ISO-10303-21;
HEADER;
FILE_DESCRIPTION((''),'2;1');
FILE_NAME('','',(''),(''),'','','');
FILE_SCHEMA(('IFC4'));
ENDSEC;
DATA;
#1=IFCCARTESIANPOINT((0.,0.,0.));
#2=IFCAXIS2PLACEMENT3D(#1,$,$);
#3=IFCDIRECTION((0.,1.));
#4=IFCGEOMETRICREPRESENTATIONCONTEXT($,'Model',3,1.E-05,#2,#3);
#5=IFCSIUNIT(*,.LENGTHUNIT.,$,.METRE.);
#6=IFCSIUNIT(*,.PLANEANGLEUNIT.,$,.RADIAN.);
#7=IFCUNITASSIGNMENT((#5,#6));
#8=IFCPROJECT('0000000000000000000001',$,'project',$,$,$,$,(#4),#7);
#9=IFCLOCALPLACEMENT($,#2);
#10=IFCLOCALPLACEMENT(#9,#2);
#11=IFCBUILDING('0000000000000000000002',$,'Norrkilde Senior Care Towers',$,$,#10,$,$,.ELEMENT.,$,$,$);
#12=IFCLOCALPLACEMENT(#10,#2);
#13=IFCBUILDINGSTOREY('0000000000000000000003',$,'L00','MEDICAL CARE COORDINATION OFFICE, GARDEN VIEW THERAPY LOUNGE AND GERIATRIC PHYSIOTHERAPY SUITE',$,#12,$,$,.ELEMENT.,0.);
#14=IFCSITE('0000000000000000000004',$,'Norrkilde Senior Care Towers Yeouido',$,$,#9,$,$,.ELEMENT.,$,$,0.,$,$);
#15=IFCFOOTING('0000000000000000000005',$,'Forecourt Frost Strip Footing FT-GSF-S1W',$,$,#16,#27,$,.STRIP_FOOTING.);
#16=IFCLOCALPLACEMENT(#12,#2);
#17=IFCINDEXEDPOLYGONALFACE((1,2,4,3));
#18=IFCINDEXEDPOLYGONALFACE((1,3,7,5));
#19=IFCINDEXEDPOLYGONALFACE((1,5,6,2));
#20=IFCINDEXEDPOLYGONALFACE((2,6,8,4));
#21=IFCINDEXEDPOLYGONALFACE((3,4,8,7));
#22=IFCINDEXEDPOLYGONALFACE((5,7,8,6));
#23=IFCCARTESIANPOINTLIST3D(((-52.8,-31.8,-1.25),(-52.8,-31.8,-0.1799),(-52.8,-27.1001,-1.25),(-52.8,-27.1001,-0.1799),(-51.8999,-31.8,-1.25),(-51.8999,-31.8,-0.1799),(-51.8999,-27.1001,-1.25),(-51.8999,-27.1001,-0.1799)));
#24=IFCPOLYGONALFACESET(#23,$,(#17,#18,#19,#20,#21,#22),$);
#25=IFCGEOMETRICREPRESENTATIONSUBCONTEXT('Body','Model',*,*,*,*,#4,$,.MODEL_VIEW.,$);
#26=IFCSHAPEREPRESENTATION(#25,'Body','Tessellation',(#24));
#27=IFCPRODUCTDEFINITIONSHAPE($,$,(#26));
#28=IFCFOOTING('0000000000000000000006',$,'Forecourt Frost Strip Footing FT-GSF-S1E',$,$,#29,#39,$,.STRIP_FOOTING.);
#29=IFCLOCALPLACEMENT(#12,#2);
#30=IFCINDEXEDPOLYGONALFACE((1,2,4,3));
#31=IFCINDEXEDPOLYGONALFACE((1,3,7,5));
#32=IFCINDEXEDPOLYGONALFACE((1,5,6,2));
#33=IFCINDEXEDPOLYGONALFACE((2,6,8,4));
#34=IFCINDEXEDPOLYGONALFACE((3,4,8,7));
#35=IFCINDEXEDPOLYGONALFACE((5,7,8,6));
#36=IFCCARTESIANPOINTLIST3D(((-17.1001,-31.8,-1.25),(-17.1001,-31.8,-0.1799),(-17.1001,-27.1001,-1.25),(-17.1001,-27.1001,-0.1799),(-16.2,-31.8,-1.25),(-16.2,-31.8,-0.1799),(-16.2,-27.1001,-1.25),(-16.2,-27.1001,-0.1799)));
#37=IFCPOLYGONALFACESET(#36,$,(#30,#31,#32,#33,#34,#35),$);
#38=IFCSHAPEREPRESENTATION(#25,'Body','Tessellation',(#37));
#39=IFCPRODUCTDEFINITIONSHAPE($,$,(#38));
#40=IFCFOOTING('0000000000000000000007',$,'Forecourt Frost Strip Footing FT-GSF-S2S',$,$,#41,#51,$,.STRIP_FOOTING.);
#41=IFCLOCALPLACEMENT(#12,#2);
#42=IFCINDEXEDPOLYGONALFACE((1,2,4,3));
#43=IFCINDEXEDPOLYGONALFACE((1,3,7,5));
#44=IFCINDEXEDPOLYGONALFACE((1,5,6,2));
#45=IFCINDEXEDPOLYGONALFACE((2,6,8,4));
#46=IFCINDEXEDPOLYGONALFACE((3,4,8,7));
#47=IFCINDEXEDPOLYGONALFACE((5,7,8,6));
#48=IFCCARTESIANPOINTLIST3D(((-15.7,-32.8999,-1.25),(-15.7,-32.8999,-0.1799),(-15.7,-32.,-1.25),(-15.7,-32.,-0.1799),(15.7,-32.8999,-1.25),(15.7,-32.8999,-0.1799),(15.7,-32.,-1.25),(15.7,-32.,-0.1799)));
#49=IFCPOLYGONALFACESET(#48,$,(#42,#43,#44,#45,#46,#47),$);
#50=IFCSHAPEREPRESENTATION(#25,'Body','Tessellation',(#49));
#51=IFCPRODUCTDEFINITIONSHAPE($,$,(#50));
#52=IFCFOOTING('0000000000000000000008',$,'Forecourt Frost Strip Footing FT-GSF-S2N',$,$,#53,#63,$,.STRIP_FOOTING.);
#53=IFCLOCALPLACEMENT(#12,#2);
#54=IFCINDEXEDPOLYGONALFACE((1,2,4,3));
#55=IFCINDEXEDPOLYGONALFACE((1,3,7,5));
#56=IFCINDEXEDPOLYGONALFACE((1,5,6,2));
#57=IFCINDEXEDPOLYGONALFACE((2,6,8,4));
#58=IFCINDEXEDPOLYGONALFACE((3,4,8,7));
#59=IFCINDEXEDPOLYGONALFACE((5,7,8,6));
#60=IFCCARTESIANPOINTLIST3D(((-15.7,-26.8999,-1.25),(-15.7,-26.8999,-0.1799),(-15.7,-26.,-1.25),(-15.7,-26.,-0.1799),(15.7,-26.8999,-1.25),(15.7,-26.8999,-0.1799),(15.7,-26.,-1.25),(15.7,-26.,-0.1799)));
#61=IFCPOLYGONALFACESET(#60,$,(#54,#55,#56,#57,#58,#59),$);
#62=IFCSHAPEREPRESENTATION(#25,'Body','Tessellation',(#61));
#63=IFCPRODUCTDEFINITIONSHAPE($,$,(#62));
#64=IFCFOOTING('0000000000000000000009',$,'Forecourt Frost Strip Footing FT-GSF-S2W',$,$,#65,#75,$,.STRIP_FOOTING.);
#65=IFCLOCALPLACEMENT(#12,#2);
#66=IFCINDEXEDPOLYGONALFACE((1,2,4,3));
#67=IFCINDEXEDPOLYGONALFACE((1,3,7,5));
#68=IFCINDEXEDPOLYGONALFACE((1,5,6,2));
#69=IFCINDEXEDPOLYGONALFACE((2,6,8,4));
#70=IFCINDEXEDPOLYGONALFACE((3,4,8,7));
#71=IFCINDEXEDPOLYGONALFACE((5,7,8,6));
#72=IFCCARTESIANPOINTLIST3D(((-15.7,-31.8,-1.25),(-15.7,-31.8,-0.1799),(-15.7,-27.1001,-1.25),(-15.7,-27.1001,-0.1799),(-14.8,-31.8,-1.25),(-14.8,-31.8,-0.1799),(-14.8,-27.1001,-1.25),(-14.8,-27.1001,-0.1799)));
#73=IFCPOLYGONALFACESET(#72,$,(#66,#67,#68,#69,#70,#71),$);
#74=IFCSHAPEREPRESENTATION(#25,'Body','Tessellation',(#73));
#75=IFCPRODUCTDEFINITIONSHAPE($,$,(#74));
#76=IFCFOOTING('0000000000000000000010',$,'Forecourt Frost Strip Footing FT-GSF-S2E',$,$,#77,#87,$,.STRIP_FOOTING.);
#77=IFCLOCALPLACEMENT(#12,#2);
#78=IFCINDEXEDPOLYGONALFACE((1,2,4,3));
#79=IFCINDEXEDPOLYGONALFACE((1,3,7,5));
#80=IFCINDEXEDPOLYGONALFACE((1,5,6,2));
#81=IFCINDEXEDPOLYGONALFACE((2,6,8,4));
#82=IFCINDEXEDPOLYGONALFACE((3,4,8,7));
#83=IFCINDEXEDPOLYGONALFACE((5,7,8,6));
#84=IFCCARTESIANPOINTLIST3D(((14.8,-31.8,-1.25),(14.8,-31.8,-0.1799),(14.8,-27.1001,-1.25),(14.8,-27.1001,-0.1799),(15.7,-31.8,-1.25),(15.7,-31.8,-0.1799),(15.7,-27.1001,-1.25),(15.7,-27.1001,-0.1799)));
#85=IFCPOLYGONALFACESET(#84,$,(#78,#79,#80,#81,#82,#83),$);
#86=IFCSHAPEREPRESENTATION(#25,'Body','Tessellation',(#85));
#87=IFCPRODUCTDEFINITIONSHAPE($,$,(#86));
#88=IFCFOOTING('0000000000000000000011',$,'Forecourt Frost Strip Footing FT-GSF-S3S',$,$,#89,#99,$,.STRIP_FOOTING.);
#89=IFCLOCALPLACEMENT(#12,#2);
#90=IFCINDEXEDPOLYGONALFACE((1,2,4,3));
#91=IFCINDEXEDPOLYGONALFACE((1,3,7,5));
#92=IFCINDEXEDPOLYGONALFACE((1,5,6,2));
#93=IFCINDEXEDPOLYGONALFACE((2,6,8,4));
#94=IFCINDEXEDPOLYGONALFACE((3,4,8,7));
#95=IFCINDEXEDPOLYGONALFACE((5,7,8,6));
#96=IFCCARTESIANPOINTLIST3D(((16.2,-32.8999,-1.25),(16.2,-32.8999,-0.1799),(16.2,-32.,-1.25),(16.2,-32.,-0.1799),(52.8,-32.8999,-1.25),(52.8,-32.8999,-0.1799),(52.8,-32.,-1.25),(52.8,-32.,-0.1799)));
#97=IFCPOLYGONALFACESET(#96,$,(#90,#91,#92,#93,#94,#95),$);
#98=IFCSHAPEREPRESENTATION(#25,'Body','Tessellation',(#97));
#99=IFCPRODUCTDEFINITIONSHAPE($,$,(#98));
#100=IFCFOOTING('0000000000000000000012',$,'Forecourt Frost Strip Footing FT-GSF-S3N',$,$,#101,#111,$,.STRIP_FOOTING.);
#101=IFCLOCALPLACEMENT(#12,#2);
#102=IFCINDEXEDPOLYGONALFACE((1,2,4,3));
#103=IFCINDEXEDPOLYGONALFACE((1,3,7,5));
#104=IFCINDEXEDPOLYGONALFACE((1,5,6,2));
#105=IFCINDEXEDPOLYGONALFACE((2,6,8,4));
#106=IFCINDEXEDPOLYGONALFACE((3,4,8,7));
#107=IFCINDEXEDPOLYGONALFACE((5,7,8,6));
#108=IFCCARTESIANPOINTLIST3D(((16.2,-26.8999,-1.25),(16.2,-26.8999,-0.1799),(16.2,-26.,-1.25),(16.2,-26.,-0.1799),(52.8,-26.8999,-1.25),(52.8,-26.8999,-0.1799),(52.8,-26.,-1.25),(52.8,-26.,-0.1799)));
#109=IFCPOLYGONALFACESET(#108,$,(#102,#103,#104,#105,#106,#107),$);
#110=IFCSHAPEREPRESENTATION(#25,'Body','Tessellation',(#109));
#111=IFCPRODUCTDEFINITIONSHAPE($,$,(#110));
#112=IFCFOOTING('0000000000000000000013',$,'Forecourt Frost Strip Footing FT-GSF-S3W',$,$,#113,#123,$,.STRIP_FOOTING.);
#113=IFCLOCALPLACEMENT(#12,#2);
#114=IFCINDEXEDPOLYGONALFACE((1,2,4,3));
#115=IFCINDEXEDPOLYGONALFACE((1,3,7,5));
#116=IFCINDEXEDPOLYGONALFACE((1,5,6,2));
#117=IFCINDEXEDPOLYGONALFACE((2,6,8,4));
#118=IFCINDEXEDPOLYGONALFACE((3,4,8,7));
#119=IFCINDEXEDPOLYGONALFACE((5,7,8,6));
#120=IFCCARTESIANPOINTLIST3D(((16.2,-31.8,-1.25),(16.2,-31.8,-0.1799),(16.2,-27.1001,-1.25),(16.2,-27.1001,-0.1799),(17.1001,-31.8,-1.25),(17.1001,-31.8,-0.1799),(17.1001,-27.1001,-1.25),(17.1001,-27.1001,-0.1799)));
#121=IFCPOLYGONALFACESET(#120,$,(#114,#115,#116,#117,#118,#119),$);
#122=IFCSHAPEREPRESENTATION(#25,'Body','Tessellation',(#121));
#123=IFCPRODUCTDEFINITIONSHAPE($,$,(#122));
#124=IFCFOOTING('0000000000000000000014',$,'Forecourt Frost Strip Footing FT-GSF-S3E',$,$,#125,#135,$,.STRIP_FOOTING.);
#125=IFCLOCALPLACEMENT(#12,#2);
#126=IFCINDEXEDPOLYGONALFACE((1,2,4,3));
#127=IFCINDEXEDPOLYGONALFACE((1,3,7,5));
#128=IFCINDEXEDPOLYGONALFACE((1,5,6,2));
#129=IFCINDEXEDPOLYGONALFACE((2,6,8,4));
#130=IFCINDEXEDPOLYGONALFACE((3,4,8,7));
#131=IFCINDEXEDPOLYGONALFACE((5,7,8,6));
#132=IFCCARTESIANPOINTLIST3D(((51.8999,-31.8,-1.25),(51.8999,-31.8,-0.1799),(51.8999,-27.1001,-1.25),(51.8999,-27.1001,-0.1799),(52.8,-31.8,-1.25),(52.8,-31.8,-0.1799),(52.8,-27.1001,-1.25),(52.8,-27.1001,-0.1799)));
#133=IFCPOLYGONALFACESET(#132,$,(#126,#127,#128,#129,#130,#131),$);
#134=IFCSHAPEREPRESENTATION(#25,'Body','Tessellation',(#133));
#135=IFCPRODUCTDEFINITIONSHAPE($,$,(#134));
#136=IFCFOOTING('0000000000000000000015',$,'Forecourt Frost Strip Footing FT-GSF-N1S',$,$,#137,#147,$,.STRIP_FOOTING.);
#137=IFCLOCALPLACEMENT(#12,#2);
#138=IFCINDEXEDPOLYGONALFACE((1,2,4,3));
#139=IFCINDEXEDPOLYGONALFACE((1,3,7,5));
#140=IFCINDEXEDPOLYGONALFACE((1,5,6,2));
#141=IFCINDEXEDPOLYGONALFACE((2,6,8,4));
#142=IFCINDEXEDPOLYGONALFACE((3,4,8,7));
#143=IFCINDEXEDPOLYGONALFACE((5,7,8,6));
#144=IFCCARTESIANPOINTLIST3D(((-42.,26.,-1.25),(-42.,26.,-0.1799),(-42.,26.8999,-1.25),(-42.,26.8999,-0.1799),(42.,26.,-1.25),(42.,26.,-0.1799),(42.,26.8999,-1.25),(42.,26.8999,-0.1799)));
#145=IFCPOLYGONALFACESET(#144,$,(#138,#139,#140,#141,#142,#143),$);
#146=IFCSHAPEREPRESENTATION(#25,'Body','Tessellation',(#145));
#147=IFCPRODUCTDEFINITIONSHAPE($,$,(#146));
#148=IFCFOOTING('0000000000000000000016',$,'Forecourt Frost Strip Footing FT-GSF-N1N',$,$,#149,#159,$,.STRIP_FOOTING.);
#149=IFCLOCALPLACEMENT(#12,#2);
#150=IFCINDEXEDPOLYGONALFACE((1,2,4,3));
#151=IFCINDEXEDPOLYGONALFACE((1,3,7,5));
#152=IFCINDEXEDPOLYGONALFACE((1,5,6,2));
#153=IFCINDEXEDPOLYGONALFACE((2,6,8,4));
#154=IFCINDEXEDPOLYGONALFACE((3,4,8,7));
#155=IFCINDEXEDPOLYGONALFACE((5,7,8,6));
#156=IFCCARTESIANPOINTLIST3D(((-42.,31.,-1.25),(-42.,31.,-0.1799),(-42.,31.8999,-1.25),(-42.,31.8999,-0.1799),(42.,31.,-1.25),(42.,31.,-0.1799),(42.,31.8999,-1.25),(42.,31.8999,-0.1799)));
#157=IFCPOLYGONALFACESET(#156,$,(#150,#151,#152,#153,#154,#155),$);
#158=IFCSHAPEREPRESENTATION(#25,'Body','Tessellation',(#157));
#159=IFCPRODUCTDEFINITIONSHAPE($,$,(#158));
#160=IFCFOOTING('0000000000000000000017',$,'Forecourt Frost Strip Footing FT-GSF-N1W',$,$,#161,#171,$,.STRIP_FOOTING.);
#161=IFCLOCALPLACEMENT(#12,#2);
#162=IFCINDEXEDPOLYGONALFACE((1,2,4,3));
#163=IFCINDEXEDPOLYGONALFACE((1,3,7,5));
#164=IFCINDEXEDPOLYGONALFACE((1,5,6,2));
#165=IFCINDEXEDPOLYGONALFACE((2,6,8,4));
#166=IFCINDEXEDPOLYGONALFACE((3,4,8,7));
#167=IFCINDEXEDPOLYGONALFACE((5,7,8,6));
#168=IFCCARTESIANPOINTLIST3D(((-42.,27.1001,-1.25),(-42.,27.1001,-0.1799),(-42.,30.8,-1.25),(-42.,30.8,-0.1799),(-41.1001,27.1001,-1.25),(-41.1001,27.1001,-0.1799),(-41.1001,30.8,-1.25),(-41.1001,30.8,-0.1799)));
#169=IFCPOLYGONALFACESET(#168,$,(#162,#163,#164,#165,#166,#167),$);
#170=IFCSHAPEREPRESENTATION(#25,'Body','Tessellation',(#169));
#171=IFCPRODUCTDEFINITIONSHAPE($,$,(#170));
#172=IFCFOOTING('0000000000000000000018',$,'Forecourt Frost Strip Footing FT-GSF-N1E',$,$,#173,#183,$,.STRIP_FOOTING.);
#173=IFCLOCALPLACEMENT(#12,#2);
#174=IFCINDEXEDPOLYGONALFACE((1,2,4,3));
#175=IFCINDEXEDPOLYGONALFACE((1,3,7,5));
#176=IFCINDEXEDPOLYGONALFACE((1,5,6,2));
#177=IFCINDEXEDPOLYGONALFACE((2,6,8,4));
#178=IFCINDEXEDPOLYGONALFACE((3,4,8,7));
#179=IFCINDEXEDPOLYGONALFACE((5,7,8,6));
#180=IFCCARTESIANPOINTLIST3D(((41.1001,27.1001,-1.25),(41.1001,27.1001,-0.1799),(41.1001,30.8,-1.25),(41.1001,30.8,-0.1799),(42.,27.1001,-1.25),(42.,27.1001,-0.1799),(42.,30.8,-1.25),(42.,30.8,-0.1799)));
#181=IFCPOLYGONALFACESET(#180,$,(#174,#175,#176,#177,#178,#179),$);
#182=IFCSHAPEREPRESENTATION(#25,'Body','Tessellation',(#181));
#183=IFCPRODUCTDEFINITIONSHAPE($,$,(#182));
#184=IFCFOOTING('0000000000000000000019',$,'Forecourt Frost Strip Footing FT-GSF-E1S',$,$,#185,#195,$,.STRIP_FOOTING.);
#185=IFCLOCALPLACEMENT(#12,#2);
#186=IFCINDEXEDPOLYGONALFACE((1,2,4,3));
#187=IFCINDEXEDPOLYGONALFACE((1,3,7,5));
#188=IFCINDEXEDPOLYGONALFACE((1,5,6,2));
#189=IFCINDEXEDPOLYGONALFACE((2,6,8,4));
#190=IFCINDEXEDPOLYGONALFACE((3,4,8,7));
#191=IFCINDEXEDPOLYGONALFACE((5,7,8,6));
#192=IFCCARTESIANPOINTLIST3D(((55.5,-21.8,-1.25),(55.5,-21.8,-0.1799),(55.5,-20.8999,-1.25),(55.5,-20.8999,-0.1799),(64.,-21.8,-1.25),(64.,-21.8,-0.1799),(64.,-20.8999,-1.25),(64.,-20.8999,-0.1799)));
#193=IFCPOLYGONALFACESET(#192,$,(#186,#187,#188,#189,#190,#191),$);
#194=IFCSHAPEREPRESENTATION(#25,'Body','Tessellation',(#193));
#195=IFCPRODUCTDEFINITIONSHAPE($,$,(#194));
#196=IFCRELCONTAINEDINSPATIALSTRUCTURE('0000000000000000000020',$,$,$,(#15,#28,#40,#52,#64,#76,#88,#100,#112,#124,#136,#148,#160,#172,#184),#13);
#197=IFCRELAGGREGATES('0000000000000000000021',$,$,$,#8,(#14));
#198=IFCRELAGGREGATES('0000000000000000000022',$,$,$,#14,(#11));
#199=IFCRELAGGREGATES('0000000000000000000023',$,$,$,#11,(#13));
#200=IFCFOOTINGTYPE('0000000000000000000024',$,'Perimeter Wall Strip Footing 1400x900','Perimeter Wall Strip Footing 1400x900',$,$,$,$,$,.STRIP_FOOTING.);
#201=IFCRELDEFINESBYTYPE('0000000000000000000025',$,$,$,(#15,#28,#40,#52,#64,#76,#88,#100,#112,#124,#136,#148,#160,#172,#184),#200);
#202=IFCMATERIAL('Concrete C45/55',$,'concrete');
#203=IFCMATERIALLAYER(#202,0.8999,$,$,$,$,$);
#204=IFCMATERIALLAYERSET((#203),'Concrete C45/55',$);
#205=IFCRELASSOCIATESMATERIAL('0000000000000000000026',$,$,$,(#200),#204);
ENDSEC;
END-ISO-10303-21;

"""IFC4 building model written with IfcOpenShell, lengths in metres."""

from ifc_helpers import new_model, si_unit, direction, frame, origin, place, context, subcontext, project, spatial, polyline, outline, extrude, material, layer, layer_set, type_object, element, save


model = new_model("IFC4")

# Units and contexts
model_context = context("Model", 3, precision=1e-05, world=origin(), true_north=direction((0.0, 1.0)))
body_context = subcontext(model_context, "Body", "Model", "MODEL_VIEW")
ifc_project = project(units=[si_unit("LENGTHUNIT", "METRE"), si_unit("PLANEANGLEUNIT", "RADIAN")], contexts=[model_context])

# Site, building, storey
site_placement = place(None, origin())
site = spatial("IfcSite", under=ifc_project, at=site_placement, Name="Norrkilde Senior Care Towers Yeouido", CompositionType="ELEMENT", RefElevation=0.0)
building_placement = place(site_placement, origin())
building = spatial("IfcBuilding", under=site, at=building_placement, Name="Norrkilde Senior Care Towers", CompositionType="ELEMENT")
storey_placement = place(building_placement, origin())
storey = spatial("IfcBuildingStorey", under=building, at=storey_placement, Name="L00", Description="MEDICAL CARE COORDINATION OFFICE, GARDEN VIEW THERAPY LOUNGE AND GERIATRIC PHYSIOTHERAPY SUITE", CompositionType="ELEMENT", Elevation=0.0)

# Footings
ifc_material = material(Name="Concrete C45/55", Category="concrete")
ifc_layer = layer(ifc_material, 0.8999)
ifc_layer_set = layer_set([ifc_layer], Name="Concrete C45/55")
footing_type = type_object("IfcFootingType", Name="Perimeter Wall Strip Footing 1400x900", Description="Perimeter Wall Strip Footing 1400x900", PredefinedType="STRIP_FOOTING", material=ifc_layer_set)
footing_1_placement = place(storey_placement, frame((0.0, 0.0, -1.25)))
element("IfcFooting", 1, at=footing_1_placement, inside=storey, type_object=footing_type, Name="Forecourt Frost Strip Footing FT-GSF-S1W", PredefinedType="STRIP_FOOTING", context=body_context, shape_type="SweptSolid", body=[
    extrude(outline(polyline([(-52.8, -31.8), (-51.8999, -31.8), (-51.8999, -27.1001), (-52.8, -27.1001), (-52.8, -31.8)])), origin(), (0.0, 0.0, 1.0), 1.0701),
])
footing_2_placement = place(storey_placement, frame((0.0, 0.0, -1.25)))
element("IfcFooting", 2, at=footing_2_placement, inside=storey, type_object=footing_type, Name="Forecourt Frost Strip Footing FT-GSF-S1E", PredefinedType="STRIP_FOOTING", context=body_context, shape_type="SweptSolid", body=[
    extrude(outline(polyline([(-17.1001, -31.8), (-16.2, -31.8), (-16.2, -27.1001), (-17.1001, -27.1001), (-17.1001, -31.8)])), origin(), (0.0, 0.0, 1.0), 1.0701),
])
footing_3_placement = place(storey_placement, frame((0.0, 0.0, -1.25)))
element("IfcFooting", 3, at=footing_3_placement, inside=storey, type_object=footing_type, Name="Forecourt Frost Strip Footing FT-GSF-S2S", PredefinedType="STRIP_FOOTING", context=body_context, shape_type="SweptSolid", body=[
    extrude(outline(polyline([(-15.7, -32.8999), (15.7, -32.8999), (15.7, -32.0), (-15.7, -32.0), (-15.7, -32.8999)])), origin(), (0.0, 0.0, 1.0), 1.0701),
])
footing_4_placement = place(storey_placement, frame((0.0, 0.0, -1.25)))
element("IfcFooting", 4, at=footing_4_placement, inside=storey, type_object=footing_type, Name="Forecourt Frost Strip Footing FT-GSF-S2N", PredefinedType="STRIP_FOOTING", context=body_context, shape_type="SweptSolid", body=[
    extrude(outline(polyline([(-15.7, -26.8999), (15.7, -26.8999), (15.7, -26.0), (-15.7, -26.0), (-15.7, -26.8999)])), origin(), (0.0, 0.0, 1.0), 1.0701),
])
footing_5_placement = place(storey_placement, frame((0.0, 0.0, -1.25)))
element("IfcFooting", 5, at=footing_5_placement, inside=storey, type_object=footing_type, Name="Forecourt Frost Strip Footing FT-GSF-S2W", PredefinedType="STRIP_FOOTING", context=body_context, shape_type="SweptSolid", body=[
    extrude(outline(polyline([(-15.7, -31.8), (-14.8, -31.8), (-14.8, -27.1001), (-15.7, -27.1001), (-15.7, -31.8)])), origin(), (0.0, 0.0, 1.0), 1.0701),
])
footing_6_placement = place(storey_placement, frame((0.0, 0.0, -1.25)))
element("IfcFooting", 6, at=footing_6_placement, inside=storey, type_object=footing_type, Name="Forecourt Frost Strip Footing FT-GSF-S2E", PredefinedType="STRIP_FOOTING", context=body_context, shape_type="SweptSolid", body=[
    extrude(outline(polyline([(14.8, -31.8), (15.7, -31.8), (15.7, -27.1001), (14.8, -27.1001), (14.8, -31.8)])), origin(), (0.0, 0.0, 1.0), 1.0701),
])
footing_7_placement = place(storey_placement, frame((0.0, 0.0, -1.25)))
element("IfcFooting", 7, at=footing_7_placement, inside=storey, type_object=footing_type, Name="Forecourt Frost Strip Footing FT-GSF-S3S", PredefinedType="STRIP_FOOTING", context=body_context, shape_type="SweptSolid", body=[
    extrude(outline(polyline([(16.2, -32.8999), (52.8, -32.8999), (52.8, -32.0), (16.2, -32.0), (16.2, -32.8999)])), origin(), (0.0, 0.0, 1.0), 1.0701),
])
footing_8_placement = place(storey_placement, frame((0.0, 0.0, -1.25)))
element("IfcFooting", 8, at=footing_8_placement, inside=storey, type_object=footing_type, Name="Forecourt Frost Strip Footing FT-GSF-S3N", PredefinedType="STRIP_FOOTING", context=body_context, shape_type="SweptSolid", body=[
    extrude(outline(polyline([(16.2, -26.8999), (52.8, -26.8999), (52.8, -26.0), (16.2, -26.0), (16.2, -26.8999)])), origin(), (0.0, 0.0, 1.0), 1.0701),
])
footing_9_placement = place(storey_placement, frame((0.0, 0.0, -1.25)))
element("IfcFooting", 9, at=footing_9_placement, inside=storey, type_object=footing_type, Name="Forecourt Frost Strip Footing FT-GSF-S3W", PredefinedType="STRIP_FOOTING", context=body_context, shape_type="SweptSolid", body=[
    extrude(outline(polyline([(16.2, -31.8), (17.1001, -31.8), (17.1001, -27.1001), (16.2, -27.1001), (16.2, -31.8)])), origin(), (0.0, 0.0, 1.0), 1.0701),
])
footing_10_placement = place(storey_placement, frame((0.0, 0.0, -1.25)))
element("IfcFooting", 10, at=footing_10_placement, inside=storey, type_object=footing_type, Name="Forecourt Frost Strip Footing FT-GSF-S3E", PredefinedType="STRIP_FOOTING", context=body_context, shape_type="SweptSolid", body=[
    extrude(outline(polyline([(51.8999, -31.8), (52.8, -31.8), (52.8, -27.1001), (51.8999, -27.1001), (51.8999, -31.8)])), origin(), (0.0, 0.0, 1.0), 1.0701),
])
footing_11_placement = place(storey_placement, frame((0.0, 0.0, -1.25)))
element("IfcFooting", 11, at=footing_11_placement, inside=storey, type_object=footing_type, Name="Forecourt Frost Strip Footing FT-GSF-N1S", PredefinedType="STRIP_FOOTING", context=body_context, shape_type="SweptSolid", body=[
    extrude(outline(polyline([(-42.0, 26.0), (42.0, 26.0), (42.0, 26.8999), (-42.0, 26.8999), (-42.0, 26.0)])), origin(), (0.0, 0.0, 1.0), 1.0701),
])
footing_12_placement = place(storey_placement, frame((0.0, 0.0, -1.25)))
element("IfcFooting", 12, at=footing_12_placement, inside=storey, type_object=footing_type, Name="Forecourt Frost Strip Footing FT-GSF-N1N", PredefinedType="STRIP_FOOTING", context=body_context, shape_type="SweptSolid", body=[
    extrude(outline(polyline([(-42.0, 31.0), (42.0, 31.0), (42.0, 31.8999), (-42.0, 31.8999), (-42.0, 31.0)])), origin(), (0.0, 0.0, 1.0), 1.0701),
])
footing_13_placement = place(storey_placement, frame((0.0, 0.0, -1.25)))
element("IfcFooting", 13, at=footing_13_placement, inside=storey, type_object=footing_type, Name="Forecourt Frost Strip Footing FT-GSF-N1W", PredefinedType="STRIP_FOOTING", context=body_context, shape_type="SweptSolid", body=[
    extrude(outline(polyline([(-42.0, 27.1001), (-41.1001, 27.1001), (-41.1001, 30.8), (-42.0, 30.8), (-42.0, 27.1001)])), origin(), (0.0, 0.0, 1.0), 1.0701),
])
footing_14_placement = place(storey_placement, frame((0.0, 0.0, -1.25)))
element("IfcFooting", 14, at=footing_14_placement, inside=storey, type_object=footing_type, Name="Forecourt Frost Strip Footing FT-GSF-N1E", PredefinedType="STRIP_FOOTING", context=body_context, shape_type="SweptSolid", body=[
    extrude(outline(polyline([(41.1001, 27.1001), (42.0, 27.1001), (42.0, 30.8), (41.1001, 30.8), (41.1001, 27.1001)])), origin(), (0.0, 0.0, 1.0), 1.0701),
])
footing_15_placement = place(storey_placement, frame((0.0, 0.0, -1.25)))
element("IfcFooting", 15, at=footing_15_placement, inside=storey, type_object=footing_type, Name="Forecourt Frost Strip Footing FT-GSF-E1S", PredefinedType="STRIP_FOOTING", context=body_context, shape_type="SweptSolid", body=[
    extrude(outline(polyline([(55.5, -21.8), (64.0, -21.8), (64.0, -20.8999), (55.5, -20.8999), (55.5, -21.8)])), origin(), (0.0, 0.0, 1.0), 1.0701),
])

save(model, "model.ifc")
